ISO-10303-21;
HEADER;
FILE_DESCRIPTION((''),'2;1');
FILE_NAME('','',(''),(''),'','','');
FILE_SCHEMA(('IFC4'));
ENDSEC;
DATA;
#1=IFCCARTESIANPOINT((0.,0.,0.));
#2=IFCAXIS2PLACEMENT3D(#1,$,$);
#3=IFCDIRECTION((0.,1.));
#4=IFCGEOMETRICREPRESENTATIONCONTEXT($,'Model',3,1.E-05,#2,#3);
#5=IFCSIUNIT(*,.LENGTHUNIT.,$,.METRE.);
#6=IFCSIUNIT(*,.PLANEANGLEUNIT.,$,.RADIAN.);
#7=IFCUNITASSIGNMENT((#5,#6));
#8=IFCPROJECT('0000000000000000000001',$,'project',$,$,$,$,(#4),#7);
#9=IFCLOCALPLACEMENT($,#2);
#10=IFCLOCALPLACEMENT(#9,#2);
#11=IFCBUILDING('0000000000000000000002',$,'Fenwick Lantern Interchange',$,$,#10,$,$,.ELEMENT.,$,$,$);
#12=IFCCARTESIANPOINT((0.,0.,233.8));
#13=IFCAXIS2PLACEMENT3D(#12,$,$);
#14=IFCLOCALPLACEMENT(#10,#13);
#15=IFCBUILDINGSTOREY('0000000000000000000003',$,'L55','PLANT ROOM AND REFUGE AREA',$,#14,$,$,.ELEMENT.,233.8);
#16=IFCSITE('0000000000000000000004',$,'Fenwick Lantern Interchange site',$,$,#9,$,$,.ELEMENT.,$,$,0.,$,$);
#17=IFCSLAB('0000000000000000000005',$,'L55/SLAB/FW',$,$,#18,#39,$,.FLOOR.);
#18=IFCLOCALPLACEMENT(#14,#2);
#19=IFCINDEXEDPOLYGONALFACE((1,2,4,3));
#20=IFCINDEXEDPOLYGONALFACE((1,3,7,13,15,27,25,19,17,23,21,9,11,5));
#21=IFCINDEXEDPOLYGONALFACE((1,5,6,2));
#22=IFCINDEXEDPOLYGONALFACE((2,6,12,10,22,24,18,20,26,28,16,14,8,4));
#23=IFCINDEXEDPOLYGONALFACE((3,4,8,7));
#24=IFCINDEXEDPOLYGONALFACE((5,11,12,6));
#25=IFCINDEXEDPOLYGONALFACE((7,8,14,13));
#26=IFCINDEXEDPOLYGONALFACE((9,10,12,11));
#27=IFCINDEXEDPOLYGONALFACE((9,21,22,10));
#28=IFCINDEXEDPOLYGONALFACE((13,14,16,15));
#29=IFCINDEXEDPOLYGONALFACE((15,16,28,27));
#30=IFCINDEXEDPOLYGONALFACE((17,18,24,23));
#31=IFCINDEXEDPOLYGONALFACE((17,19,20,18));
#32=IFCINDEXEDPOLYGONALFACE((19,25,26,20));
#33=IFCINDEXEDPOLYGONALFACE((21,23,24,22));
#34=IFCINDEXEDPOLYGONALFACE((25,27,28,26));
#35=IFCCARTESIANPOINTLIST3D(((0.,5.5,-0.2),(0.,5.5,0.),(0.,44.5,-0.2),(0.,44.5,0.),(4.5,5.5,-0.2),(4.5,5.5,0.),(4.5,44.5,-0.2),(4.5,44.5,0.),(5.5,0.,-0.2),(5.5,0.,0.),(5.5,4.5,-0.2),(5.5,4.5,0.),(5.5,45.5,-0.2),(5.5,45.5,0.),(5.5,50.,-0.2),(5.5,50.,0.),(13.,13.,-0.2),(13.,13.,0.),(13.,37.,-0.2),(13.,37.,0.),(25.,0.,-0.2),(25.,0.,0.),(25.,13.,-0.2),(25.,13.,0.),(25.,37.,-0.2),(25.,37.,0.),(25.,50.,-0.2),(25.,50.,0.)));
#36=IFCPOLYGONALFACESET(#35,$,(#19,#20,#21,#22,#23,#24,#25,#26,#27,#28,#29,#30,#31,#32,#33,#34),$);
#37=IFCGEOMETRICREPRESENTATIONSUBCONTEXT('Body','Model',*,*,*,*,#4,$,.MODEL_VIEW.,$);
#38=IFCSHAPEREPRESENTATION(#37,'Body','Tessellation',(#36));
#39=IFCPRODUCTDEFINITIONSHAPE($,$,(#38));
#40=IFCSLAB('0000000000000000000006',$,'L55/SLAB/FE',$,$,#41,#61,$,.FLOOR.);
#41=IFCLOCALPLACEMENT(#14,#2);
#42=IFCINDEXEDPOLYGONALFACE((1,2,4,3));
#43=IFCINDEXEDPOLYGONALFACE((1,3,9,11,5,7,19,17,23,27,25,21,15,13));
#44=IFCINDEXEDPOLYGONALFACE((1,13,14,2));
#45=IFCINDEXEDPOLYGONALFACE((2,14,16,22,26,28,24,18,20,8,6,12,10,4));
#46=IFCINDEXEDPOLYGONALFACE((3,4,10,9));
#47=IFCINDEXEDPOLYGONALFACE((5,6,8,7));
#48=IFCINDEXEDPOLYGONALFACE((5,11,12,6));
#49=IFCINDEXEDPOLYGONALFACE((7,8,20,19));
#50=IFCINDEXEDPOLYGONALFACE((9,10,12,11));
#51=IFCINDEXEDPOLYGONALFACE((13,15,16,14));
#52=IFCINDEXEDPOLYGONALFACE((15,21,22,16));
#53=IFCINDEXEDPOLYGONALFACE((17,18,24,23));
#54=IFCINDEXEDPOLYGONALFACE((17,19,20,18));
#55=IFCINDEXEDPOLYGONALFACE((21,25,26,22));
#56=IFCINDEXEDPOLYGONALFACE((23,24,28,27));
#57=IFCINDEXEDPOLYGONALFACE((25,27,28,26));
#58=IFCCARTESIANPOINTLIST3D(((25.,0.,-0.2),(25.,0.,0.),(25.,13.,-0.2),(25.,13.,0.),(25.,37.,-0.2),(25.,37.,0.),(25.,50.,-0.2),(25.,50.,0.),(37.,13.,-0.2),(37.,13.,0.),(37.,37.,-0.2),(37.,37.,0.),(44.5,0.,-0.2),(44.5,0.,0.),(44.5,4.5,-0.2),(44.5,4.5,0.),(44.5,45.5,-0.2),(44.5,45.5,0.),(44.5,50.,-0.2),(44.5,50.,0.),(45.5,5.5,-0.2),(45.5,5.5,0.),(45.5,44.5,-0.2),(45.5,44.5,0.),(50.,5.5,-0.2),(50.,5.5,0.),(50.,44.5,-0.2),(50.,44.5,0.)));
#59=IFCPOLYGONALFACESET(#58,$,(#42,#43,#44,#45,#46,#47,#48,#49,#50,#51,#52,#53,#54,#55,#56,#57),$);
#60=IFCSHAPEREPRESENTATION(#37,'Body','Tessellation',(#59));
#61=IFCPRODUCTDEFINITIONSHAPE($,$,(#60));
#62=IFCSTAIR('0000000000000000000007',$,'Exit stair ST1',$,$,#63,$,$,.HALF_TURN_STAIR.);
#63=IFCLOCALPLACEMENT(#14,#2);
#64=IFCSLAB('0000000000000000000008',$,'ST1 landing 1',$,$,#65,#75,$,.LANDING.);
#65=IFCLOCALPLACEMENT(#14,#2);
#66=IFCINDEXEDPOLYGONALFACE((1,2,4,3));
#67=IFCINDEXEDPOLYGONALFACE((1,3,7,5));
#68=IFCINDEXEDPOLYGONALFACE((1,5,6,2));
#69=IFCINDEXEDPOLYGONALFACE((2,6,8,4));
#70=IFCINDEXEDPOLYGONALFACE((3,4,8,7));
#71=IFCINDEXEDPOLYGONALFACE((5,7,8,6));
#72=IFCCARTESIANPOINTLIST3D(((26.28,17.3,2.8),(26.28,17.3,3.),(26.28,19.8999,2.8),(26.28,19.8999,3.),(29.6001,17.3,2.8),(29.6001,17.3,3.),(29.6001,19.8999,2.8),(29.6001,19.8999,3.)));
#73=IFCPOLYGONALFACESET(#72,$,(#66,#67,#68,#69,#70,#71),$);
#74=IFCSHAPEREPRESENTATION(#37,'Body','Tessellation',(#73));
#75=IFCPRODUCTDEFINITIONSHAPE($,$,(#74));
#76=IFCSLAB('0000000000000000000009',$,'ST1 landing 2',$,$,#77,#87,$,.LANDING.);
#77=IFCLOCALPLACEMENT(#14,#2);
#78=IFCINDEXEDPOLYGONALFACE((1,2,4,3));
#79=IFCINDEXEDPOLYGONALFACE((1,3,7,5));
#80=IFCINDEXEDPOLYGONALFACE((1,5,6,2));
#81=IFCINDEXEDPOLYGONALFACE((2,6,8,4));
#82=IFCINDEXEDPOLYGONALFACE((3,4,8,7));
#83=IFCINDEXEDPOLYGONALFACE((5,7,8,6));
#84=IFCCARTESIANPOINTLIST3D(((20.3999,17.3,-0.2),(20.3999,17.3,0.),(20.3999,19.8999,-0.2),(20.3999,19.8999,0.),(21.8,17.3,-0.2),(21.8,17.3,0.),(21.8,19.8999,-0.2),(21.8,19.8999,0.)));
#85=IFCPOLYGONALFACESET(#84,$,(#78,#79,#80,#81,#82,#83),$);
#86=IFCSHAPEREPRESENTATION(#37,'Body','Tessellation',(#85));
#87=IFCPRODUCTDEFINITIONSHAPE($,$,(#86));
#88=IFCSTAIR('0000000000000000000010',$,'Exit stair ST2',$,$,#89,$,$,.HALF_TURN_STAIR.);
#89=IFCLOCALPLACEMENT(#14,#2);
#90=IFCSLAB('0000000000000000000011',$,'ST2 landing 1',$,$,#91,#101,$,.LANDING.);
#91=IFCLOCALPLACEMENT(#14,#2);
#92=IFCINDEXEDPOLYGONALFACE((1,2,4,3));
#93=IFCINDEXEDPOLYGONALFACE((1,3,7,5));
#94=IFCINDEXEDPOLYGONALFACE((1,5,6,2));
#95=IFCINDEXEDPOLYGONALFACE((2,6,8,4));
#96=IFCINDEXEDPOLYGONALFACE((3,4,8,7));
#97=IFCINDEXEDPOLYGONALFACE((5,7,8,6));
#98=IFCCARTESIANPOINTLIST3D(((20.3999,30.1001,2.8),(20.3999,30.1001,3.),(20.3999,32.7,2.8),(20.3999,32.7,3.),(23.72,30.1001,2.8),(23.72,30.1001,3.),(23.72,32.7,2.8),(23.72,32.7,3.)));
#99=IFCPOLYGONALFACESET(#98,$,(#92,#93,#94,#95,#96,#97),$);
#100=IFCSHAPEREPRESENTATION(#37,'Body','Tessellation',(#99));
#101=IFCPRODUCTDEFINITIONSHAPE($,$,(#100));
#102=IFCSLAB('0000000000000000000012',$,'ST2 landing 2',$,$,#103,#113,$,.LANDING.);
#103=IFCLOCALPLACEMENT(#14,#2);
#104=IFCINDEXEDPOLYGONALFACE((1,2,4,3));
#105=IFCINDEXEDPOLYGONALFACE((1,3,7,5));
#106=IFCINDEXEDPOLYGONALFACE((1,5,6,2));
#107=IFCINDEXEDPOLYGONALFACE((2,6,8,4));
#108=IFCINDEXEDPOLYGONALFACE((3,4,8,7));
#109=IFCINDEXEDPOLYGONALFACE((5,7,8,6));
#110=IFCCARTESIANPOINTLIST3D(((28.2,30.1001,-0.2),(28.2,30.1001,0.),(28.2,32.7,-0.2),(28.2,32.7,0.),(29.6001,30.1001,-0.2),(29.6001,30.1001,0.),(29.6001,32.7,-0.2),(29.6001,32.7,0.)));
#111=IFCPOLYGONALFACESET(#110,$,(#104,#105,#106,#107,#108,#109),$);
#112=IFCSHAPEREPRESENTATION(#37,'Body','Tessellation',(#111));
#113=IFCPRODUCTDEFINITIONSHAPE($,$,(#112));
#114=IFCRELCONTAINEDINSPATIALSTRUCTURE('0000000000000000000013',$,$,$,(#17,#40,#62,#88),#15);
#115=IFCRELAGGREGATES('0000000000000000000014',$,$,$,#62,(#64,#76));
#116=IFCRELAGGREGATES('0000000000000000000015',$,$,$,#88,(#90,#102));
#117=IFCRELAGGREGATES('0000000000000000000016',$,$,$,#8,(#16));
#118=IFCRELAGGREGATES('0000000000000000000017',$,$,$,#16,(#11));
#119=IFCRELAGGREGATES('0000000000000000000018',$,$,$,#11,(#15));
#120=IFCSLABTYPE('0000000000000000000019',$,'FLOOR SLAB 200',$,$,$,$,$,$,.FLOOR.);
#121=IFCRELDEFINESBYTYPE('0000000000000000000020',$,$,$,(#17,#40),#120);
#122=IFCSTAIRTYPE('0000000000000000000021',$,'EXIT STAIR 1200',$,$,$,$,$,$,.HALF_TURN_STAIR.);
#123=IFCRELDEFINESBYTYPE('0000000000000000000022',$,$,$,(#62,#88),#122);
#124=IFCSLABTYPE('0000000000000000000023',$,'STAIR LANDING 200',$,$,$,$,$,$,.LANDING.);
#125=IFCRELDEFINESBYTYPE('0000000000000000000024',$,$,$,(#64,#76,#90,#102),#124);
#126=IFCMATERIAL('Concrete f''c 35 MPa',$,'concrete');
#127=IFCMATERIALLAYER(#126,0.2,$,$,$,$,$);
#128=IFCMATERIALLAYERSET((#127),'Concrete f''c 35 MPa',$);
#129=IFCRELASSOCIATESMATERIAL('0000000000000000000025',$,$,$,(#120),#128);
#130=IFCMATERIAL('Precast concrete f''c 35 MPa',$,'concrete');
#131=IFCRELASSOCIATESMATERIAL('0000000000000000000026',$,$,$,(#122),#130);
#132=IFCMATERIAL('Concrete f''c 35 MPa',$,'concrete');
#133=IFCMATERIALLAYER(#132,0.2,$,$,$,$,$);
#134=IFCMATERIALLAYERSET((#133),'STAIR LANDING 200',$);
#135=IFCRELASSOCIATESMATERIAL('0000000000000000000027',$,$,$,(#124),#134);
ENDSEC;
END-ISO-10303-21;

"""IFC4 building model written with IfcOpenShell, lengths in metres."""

from ifc_helpers import new_model, si_unit, direction, frame, origin, place, context, subcontext, project, spatial, polyline, outline, extrude, material, layer, layer_set, type_object, element, aggregate, save


model = new_model("IFC4")

# Units and contexts
model_context = context("Model", 3, precision=1e-05, world=origin(), true_north=direction((0.0, 1.0)))
body_context = subcontext(model_context, "Body", "Model", "MODEL_VIEW")
ifc_project = project(units=[si_unit("LENGTHUNIT", "METRE"), si_unit("PLANEANGLEUNIT", "RADIAN")], contexts=[model_context])

# Site, building, storey
site_placement = place(None, origin())
site = spatial("IfcSite", under=ifc_project, at=site_placement, Name="Fenwick Lantern Interchange site", CompositionType="ELEMENT", RefElevation=0.0)
building_placement = place(site_placement, origin())
building = spatial("IfcBuilding", under=site, at=building_placement, Name="Fenwick Lantern Interchange", CompositionType="ELEMENT")
storey_placement = place(building_placement, frame((0.0, 0.0, 233.8)))
storey = spatial("IfcBuildingStorey", under=building, at=storey_placement, Name="L55", Description="PLANT ROOM AND REFUGE AREA", CompositionType="ELEMENT", Elevation=233.8)

# Slabs
ifc_material_1 = material(Name="Concrete f'c 35 MPa", Category="concrete")
ifc_material_2 = material(Name="Concrete f'c 35 MPa", Category="concrete")
ifc_layer_1 = layer(ifc_material_2, 0.2)
ifc_layer_set_1 = layer_set([ifc_layer_1], Name="Concrete f'c 35 MPa")
slab_type_1 = type_object("IfcSlabType", Name="FLOOR SLAB 200", PredefinedType="FLOOR", material=ifc_layer_set_1)
slab_1_placement = place(storey_placement, frame((0.0, 0.0, -0.2)))
element("IfcSlab", 1, at=slab_1_placement, inside=storey, type_object=slab_type_1, Name="L55/SLAB/FW", PredefinedType="FLOOR", context=body_context, shape_type="SweptSolid", body=[
    extrude(outline(polyline([(5.5, 0.0), (5.5, 4.5), (4.5, 5.5), (0.0, 5.5), (0.0, 44.5), (4.5, 44.5), (5.5, 45.5), (5.5, 50.0), (25.0, 50.0), (25.0, 37.0), (13.0, 37.0), (13.0, 13.0), (25.0, 13.0), (25.0, 0.0), (5.5, 0.0)])), origin(), (0.0, 0.0, 1.0), 0.2),
])
slab_2_placement = place(storey_placement, frame((0.0, 0.0, -0.2)))
element("IfcSlab", 2, at=slab_2_placement, inside=storey, type_object=slab_type_1, Name="L55/SLAB/FE", PredefinedType="FLOOR", context=body_context, shape_type="SweptSolid", body=[
    extrude(outline(polyline([(44.5, 50.0), (44.5, 45.5), (45.5, 44.5), (50.0, 44.5), (50.0, 5.5), (45.5, 5.5), (44.5, 4.5), (44.5, 0.0), (25.0, 0.0), (25.0, 13.0), (37.0, 13.0), (37.0, 37.0), (25.0, 37.0), (25.0, 50.0), (44.5, 50.0)])), origin(), (0.0, 0.0, 1.0), 0.2),
])

# Stairs, slabs
ifc_material_3 = material(Name="Precast concrete f'c 35 MPa", Category="concrete")
stair_type = type_object("IfcStairType", Name="EXIT STAIR 1200", PredefinedType="HALF_TURN_STAIR", material=ifc_material_3)
stair_1_placement = place(storey_placement, origin())
stair_1 = element("IfcStair", 3, at=stair_1_placement, inside=storey, type_object=stair_type, Name="Exit stair ST1", PredefinedType="HALF_TURN_STAIR")
ifc_layer_2 = layer(ifc_material_1, 0.2)
ifc_layer_set_2 = layer_set([ifc_layer_2], Name="STAIR LANDING 200")
slab_type_2 = type_object("IfcSlabType", Name="STAIR LANDING 200", PredefinedType="LANDING", material=ifc_layer_set_2)
slab_3_placement = place(storey_placement, frame((0.0, 0.0, 2.8)))
slab_3 = element("IfcSlab", 4, at=slab_3_placement, type_object=slab_type_2, Name="ST1 landing 1", PredefinedType="LANDING", context=body_context, shape_type="SweptSolid", body=[
    extrude(outline(polyline([(26.28, 17.3), (29.6001, 17.3), (29.6001, 19.8999), (26.28, 19.8999), (26.28, 17.3)])), origin(), (0.0, 0.0, 1.0), 0.2),
])
slab_4_placement = place(storey_placement, frame((0.0, 0.0, -0.2)))
slab_4 = element("IfcSlab", 5, at=slab_4_placement, type_object=slab_type_2, Name="ST1 landing 2", PredefinedType="LANDING", context=body_context, shape_type="SweptSolid", body=[
    extrude(outline(polyline([(20.3999, 17.3), (21.8, 17.3), (21.8, 19.8999), (20.3999, 19.8999), (20.3999, 17.3)])), origin(), (0.0, 0.0, 1.0), 0.2),
])
aggregate(stair_1, [slab_3, slab_4])
stair_2_placement = place(storey_placement, origin())
stair_2 = element("IfcStair", 6, at=stair_2_placement, inside=storey, type_object=stair_type, Name="Exit stair ST2", PredefinedType="HALF_TURN_STAIR")
slab_5_placement = place(storey_placement, frame((0.0, 0.0, 2.8)))
slab_5 = element("IfcSlab", 7, at=slab_5_placement, type_object=slab_type_2, Name="ST2 landing 1", PredefinedType="LANDING", context=body_context, shape_type="SweptSolid", body=[
    extrude(outline(polyline([(23.72, 32.7), (20.3999, 32.7), (20.3999, 30.1001), (23.72, 30.1001), (23.72, 32.7)])), origin(), (0.0, 0.0, 1.0), 0.2),
])
slab_6_placement = place(storey_placement, frame((0.0, 0.0, -0.2)))
slab_6 = element("IfcSlab", 8, at=slab_6_placement, type_object=slab_type_2, Name="ST2 landing 2", PredefinedType="LANDING", context=body_context, shape_type="SweptSolid", body=[
    extrude(outline(polyline([(29.6001, 32.7), (28.2, 32.7), (28.2, 30.1001), (29.6001, 30.1001), (29.6001, 32.7)])), origin(), (0.0, 0.0, 1.0), 0.2),
])
aggregate(stair_2, [slab_5, slab_6])

save(model, "model.ifc")
